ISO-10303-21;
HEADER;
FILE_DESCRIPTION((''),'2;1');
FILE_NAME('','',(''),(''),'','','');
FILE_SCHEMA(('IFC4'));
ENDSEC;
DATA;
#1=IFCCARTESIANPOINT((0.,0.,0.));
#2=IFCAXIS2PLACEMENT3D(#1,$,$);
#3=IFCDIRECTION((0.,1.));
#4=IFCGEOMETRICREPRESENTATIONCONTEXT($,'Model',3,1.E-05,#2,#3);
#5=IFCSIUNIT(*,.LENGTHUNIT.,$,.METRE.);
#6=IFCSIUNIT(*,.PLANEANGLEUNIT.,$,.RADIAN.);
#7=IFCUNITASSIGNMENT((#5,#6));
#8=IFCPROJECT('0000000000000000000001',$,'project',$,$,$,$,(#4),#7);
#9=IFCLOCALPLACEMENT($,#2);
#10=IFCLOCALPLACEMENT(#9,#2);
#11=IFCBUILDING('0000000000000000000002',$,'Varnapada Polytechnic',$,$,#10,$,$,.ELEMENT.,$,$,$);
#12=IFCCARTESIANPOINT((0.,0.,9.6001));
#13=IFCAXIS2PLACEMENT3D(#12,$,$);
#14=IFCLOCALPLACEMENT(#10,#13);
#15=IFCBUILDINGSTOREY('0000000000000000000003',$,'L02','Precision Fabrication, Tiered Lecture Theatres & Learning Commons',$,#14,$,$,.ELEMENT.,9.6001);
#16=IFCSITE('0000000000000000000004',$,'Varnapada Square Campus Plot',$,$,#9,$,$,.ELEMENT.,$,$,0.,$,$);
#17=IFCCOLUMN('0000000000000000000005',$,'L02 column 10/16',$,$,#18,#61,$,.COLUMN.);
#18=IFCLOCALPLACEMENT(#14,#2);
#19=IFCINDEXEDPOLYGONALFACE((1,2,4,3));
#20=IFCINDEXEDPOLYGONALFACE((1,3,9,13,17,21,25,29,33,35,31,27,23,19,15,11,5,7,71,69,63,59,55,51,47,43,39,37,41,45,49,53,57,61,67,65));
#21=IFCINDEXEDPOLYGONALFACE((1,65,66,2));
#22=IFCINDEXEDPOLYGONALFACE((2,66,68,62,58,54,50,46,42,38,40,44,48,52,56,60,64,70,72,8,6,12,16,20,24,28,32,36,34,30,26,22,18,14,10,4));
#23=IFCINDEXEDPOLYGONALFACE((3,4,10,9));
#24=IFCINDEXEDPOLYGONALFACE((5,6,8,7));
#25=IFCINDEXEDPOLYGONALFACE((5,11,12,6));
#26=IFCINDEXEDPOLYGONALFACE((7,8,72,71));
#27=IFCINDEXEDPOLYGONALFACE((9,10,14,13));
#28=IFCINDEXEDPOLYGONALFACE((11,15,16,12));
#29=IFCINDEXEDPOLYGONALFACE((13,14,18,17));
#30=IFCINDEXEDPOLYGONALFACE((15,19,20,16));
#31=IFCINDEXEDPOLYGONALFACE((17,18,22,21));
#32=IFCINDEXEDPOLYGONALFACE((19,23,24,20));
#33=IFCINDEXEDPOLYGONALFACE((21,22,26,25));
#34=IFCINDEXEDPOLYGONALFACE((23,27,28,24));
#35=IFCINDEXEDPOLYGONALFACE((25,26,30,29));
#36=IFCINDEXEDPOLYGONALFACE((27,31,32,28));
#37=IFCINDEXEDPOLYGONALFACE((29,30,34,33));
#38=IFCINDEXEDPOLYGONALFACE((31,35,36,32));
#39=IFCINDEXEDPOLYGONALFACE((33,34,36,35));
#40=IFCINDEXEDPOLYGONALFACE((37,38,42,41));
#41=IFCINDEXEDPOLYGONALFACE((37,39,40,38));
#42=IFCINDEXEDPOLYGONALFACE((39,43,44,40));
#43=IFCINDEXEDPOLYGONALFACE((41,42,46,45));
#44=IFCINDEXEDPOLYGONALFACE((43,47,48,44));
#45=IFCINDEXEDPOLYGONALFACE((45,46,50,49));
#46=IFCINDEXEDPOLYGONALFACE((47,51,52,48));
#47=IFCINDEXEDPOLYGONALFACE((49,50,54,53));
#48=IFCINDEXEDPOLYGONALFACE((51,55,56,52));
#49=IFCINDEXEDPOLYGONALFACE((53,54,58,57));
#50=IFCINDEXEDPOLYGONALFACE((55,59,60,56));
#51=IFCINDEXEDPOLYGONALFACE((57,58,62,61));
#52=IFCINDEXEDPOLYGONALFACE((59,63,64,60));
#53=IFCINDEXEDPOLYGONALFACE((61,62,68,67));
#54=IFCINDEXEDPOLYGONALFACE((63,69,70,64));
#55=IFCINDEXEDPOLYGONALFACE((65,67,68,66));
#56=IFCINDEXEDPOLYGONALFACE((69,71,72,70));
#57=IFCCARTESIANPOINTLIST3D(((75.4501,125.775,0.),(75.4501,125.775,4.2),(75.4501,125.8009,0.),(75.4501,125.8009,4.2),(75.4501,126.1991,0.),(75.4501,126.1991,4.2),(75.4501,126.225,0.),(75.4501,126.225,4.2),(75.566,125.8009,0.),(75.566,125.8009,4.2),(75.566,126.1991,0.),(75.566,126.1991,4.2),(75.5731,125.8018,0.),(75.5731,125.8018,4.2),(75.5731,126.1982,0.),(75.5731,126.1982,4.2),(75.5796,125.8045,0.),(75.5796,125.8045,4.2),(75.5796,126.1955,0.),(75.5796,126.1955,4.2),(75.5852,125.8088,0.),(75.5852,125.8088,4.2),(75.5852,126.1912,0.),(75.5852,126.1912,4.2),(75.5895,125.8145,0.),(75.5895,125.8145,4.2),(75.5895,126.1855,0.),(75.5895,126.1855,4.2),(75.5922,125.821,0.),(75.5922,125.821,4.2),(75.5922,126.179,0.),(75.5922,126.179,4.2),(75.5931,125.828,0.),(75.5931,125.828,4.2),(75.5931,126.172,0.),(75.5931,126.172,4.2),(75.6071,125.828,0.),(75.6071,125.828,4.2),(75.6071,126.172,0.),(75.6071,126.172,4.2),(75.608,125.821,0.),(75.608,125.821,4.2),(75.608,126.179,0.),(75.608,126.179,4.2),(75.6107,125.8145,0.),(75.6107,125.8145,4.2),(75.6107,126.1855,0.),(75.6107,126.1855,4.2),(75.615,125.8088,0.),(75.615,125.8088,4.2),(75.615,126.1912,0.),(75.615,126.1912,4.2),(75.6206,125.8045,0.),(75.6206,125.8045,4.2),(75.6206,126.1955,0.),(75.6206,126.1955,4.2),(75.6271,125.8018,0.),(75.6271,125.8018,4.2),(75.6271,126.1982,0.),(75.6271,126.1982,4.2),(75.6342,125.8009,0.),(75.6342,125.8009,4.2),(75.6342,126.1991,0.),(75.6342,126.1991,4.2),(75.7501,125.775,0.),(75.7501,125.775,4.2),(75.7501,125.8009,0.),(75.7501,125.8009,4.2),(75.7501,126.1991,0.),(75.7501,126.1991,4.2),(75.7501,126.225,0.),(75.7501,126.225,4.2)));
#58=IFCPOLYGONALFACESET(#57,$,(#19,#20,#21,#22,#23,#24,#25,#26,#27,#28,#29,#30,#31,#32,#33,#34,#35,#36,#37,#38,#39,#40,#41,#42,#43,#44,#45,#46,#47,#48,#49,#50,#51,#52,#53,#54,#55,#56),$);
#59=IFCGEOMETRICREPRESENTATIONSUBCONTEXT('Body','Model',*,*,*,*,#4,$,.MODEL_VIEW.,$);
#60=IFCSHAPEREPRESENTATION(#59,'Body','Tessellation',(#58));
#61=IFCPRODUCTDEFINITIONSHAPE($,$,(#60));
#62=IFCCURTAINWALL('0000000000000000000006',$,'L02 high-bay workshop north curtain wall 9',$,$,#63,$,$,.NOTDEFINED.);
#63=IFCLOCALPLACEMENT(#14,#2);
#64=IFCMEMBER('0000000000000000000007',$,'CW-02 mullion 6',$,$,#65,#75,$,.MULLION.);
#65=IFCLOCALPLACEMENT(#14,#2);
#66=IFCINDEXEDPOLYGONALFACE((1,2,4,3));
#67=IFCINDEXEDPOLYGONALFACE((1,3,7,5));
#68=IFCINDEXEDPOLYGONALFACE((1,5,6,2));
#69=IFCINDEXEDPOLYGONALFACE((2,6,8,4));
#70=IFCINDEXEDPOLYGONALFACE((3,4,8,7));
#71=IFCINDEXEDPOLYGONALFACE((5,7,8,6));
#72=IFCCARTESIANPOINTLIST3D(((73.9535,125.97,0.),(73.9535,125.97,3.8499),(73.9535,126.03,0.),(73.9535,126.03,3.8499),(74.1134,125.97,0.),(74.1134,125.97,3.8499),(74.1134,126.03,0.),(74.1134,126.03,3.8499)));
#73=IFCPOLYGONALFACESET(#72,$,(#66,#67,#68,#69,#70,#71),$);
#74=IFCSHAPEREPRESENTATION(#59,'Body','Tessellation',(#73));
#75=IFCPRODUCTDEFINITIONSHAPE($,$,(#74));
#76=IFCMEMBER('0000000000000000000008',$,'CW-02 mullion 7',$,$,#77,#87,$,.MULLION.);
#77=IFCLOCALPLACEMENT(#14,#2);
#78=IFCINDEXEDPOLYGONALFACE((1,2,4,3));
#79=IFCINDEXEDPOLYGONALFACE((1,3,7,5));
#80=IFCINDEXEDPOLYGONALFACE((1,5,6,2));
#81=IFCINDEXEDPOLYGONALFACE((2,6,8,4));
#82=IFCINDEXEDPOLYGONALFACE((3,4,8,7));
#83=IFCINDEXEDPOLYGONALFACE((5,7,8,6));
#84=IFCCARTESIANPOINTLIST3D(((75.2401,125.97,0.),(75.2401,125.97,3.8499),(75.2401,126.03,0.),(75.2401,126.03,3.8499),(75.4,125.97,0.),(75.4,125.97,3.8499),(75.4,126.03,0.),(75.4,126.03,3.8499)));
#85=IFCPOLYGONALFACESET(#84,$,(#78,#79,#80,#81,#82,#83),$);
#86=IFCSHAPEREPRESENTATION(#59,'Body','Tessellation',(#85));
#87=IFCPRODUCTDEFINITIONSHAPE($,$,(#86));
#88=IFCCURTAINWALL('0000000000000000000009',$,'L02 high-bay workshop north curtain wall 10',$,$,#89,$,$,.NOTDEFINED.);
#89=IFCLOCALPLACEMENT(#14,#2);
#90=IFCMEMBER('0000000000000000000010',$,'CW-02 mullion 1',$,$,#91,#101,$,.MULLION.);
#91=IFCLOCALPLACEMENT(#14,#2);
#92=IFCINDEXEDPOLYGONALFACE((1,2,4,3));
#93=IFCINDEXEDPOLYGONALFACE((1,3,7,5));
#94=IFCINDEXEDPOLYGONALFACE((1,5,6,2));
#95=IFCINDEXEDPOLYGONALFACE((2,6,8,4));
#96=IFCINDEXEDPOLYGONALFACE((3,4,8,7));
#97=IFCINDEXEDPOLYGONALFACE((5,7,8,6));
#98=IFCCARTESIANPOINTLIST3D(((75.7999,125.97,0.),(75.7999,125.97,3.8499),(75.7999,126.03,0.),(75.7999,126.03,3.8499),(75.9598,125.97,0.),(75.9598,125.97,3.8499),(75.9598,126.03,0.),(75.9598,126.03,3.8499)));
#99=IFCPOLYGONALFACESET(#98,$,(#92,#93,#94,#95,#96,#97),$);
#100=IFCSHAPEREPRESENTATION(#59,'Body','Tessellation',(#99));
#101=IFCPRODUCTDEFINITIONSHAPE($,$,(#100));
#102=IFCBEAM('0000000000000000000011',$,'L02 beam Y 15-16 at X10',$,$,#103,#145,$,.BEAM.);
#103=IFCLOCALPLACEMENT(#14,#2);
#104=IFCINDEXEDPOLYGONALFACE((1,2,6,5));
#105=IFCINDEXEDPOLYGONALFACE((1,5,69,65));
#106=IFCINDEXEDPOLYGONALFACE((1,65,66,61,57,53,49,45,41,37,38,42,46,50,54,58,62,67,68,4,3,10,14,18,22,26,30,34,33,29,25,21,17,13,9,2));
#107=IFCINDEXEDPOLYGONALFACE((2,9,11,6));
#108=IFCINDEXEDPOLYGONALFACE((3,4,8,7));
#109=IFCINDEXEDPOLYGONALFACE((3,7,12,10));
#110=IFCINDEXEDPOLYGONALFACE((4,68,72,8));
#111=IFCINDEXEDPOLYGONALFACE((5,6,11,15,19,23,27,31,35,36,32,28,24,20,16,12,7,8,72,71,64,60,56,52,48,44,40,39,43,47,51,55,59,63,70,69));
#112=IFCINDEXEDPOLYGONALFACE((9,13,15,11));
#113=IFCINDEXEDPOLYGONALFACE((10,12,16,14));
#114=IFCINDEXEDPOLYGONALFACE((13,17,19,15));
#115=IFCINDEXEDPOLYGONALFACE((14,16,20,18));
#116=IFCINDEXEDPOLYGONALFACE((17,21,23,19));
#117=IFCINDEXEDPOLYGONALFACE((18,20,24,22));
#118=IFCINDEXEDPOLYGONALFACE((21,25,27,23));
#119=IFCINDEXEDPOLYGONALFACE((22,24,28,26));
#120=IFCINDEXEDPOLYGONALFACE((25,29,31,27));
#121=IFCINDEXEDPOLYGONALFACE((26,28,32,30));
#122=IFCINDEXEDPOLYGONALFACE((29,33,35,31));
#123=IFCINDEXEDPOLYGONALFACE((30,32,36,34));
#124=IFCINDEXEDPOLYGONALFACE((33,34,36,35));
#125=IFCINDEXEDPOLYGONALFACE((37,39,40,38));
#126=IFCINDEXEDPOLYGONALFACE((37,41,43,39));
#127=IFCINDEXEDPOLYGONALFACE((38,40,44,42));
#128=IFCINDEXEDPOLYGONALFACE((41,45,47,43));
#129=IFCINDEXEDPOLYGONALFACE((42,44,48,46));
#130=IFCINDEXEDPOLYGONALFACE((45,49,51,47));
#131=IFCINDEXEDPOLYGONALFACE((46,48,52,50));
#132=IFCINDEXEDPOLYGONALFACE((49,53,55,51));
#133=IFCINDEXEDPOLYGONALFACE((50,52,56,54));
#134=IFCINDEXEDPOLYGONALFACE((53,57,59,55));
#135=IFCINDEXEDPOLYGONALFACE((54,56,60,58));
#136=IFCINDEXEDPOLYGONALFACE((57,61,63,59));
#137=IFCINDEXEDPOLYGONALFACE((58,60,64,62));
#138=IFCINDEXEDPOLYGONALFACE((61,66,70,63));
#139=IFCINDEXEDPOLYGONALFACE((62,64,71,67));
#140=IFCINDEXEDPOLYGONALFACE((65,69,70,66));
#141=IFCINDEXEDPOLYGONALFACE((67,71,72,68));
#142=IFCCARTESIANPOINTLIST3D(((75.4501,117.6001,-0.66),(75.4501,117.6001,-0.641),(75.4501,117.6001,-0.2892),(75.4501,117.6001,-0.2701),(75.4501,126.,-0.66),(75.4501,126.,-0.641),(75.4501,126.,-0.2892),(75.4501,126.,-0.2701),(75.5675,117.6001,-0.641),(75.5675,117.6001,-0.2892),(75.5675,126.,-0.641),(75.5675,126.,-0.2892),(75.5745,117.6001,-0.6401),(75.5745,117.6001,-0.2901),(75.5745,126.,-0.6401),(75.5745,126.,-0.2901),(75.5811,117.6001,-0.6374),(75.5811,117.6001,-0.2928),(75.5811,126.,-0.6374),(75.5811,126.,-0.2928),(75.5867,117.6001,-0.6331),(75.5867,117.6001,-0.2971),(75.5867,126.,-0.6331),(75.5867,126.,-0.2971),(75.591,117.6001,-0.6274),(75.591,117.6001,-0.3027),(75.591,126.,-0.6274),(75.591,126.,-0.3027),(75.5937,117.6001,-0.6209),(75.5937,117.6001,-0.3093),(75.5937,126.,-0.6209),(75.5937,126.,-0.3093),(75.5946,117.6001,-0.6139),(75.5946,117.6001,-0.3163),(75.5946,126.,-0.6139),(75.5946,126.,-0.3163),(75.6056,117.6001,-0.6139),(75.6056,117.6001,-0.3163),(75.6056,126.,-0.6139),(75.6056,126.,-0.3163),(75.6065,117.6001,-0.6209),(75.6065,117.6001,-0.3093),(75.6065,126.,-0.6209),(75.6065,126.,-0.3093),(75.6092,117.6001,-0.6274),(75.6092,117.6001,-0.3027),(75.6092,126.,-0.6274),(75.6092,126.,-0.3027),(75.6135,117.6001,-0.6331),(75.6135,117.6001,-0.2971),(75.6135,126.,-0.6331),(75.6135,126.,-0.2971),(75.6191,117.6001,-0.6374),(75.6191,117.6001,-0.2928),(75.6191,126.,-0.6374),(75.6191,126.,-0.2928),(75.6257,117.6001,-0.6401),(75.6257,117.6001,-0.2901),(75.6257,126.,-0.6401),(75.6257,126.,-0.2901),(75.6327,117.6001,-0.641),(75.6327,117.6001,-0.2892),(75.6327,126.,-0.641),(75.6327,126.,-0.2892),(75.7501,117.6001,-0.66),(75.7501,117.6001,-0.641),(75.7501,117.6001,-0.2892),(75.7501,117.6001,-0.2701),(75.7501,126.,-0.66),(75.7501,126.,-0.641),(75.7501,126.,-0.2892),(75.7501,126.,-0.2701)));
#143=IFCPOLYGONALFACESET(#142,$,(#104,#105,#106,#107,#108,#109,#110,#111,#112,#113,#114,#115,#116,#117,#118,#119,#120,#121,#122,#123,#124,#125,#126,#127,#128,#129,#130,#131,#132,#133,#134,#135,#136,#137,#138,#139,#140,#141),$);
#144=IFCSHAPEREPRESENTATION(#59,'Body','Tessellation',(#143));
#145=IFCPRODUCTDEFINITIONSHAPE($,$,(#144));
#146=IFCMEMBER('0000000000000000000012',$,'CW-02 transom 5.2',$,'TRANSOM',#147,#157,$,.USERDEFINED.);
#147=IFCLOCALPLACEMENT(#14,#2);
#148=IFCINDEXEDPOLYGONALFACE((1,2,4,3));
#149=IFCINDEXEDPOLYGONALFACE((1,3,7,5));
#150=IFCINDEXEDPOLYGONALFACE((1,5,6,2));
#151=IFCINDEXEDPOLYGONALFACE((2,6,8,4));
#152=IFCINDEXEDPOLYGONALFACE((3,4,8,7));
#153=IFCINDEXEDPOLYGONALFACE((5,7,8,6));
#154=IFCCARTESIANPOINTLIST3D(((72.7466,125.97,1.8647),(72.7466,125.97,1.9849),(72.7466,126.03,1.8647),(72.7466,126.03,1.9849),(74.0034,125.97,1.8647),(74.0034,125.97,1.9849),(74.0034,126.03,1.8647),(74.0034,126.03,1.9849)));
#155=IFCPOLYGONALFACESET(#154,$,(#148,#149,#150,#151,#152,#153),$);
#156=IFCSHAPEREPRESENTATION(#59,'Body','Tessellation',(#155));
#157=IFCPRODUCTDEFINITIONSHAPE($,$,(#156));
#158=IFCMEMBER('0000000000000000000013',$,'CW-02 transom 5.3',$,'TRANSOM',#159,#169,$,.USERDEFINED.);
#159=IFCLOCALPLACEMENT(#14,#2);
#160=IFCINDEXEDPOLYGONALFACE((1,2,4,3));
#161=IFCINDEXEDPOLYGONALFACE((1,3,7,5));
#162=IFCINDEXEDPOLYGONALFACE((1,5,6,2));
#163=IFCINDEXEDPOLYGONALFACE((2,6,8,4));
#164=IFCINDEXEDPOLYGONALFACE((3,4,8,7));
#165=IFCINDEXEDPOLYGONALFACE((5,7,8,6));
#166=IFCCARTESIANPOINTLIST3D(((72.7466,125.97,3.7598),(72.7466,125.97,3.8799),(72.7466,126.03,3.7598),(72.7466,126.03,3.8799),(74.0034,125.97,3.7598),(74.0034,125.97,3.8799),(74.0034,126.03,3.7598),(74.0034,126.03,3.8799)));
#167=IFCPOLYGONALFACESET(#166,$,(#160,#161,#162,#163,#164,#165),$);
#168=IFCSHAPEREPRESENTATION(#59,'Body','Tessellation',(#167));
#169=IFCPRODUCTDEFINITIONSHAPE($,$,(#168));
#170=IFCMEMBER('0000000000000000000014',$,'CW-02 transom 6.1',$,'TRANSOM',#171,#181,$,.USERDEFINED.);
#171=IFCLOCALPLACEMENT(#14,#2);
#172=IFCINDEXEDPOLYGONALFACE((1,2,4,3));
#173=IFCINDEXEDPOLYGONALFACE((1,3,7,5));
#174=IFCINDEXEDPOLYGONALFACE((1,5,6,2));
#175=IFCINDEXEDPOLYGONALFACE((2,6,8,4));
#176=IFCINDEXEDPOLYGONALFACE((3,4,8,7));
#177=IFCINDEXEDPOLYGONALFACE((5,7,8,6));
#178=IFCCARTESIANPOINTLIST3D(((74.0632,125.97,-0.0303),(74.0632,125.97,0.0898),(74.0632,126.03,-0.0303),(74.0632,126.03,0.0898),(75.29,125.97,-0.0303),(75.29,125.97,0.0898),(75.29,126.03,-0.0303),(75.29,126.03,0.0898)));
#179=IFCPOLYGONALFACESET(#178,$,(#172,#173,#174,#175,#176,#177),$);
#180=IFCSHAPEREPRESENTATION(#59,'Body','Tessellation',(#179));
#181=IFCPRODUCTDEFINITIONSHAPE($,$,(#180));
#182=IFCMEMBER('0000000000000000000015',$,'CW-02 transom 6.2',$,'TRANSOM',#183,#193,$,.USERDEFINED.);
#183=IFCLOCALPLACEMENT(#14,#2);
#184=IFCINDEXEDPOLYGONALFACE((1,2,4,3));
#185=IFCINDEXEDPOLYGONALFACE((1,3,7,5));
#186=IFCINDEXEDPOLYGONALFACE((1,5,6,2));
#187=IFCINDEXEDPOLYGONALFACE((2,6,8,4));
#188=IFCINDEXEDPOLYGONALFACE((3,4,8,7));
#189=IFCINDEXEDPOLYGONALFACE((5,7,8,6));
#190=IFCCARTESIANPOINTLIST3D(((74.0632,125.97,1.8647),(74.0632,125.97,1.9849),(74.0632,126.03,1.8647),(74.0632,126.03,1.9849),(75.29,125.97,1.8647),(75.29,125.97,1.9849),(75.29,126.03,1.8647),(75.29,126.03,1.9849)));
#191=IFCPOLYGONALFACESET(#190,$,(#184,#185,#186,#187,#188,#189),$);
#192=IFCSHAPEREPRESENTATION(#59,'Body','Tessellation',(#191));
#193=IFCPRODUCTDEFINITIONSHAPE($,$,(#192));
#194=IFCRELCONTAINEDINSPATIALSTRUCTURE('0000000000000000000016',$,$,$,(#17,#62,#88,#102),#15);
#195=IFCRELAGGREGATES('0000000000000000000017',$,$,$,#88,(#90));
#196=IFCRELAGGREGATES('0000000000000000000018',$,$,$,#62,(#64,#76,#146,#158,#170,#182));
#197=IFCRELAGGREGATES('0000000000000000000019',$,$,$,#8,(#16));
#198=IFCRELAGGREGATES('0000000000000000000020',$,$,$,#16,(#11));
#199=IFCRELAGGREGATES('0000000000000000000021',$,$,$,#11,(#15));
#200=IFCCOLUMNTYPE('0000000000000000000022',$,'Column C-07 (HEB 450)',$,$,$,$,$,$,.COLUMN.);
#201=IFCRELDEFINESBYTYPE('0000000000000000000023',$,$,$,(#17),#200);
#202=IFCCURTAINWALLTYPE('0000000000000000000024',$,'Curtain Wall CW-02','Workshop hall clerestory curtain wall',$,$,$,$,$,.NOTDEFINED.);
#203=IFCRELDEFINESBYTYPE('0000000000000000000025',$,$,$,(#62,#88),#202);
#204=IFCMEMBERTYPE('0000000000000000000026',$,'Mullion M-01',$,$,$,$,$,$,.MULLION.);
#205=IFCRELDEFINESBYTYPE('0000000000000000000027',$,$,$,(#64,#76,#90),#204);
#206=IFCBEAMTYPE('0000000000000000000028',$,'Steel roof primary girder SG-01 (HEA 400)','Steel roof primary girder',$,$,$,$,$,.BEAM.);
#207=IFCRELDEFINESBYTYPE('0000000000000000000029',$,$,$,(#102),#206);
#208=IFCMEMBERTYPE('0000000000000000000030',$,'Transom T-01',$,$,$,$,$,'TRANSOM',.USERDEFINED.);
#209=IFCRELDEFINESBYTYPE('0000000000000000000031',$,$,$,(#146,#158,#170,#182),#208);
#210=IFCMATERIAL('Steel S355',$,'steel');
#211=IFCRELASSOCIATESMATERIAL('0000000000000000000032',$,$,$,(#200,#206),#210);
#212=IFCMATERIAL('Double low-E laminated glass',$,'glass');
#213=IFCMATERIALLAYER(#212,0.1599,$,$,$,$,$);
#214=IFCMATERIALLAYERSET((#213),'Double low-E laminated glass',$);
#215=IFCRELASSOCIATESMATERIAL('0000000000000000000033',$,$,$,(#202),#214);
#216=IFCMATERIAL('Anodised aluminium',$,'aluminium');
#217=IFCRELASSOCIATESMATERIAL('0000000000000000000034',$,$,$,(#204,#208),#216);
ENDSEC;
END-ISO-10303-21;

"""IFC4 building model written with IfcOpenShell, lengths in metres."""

from ifc_helpers import new_model, si_unit, direction, frame, origin, origin_2d, place, context, subcontext, project, spatial, rectangle, i_section, extrude, material, layer, layer_set, material_profile, profile_set, type_object, element, aggregate, save


model = new_model("IFC4")

# Units and contexts
model_context = context("Model", 3, precision=1e-05, world=origin(), true_north=direction((0.0, 1.0)))
body_context = subcontext(model_context, "Body", "Model", "MODEL_VIEW")
ifc_project = project(units=[si_unit("LENGTHUNIT", "METRE"), si_unit("PLANEANGLEUNIT", "RADIAN")], contexts=[model_context])

# Site, building, storey
site_placement = place(None, origin())
site = spatial("IfcSite", under=ifc_project, at=site_placement, Name="Varnapada Square Campus Plot", CompositionType="ELEMENT", RefElevation=0.0)
building_placement = place(site_placement, origin())
building = spatial("IfcBuilding", under=site, at=building_placement, Name="Varnapada Polytechnic", CompositionType="ELEMENT")
storey_placement = place(building_placement, frame((0.0, 0.0, 9.6001)))
storey = spatial("IfcBuildingStorey", under=building, at=storey_placement, Name="L02", Description="Precision Fabrication, Tiered Lecture Theatres & Learning Commons", CompositionType="ELEMENT", Elevation=9.6001)

# Column
ifc_material_1 = material(Name="Steel S355", Category="steel")
ifc_material_profile_1 = material_profile(ifc_material_1, i_section(OverallWidth=0.3, OverallDepth=0.45, WebThickness=0.0139, FlangeThickness=0.0259, FilletRadius=0.0271, at=origin_2d()), Name="HEB 450")
ifc_profile_set_1 = profile_set([ifc_material_profile_1], Name="Steel S355")
column_type = type_object("IfcColumnType", Name="Column C-07 (HEB 450)", PredefinedType="COLUMN", material=ifc_profile_set_1)
column_placement = place(storey_placement, frame((75.6001, 126.0, 0.0), z_axis=(0.0, 0.0, 1.0), x_axis=(1.0, 0.0, 0.0)))
element("IfcColumn", 1, at=column_placement, inside=storey, type_object=column_type, Name="L02 column 10/16", PredefinedType="COLUMN", context=body_context, shape_type="SweptSolid", body=[
    extrude(i_section(OverallWidth=0.3, OverallDepth=0.45, WebThickness=0.0139, FlangeThickness=0.0259, FilletRadius=0.0271, at=origin_2d()), origin(), (0.0, 0.0, 1.0), 4.2),
])

# Curtain wall, members
ifc_material_2 = material(Name="Double low-E laminated glass", Category="glass")
ifc_layer_1 = layer(ifc_material_2, 0.1599)
ifc_layer_set_1 = layer_set([ifc_layer_1], Name="Double low-E laminated glass")
curtain_wall_type = type_object("IfcCurtainWallType", Name="Curtain Wall CW-02", Description="Workshop hall clerestory curtain wall", PredefinedType="NOTDEFINED", material=ifc_layer_set_1)
curtain_wall_1_placement = place(storey_placement, origin())
curtain_wall_1 = element("IfcCurtainWall", 2, at=curtain_wall_1_placement, inside=storey, type_object=curtain_wall_type, Name="L02 high-bay workshop north curtain wall 9", PredefinedType="NOTDEFINED")
ifc_material_3 = material(Name="Anodised aluminium", Category="aluminium")
ifc_material_profile_2 = material_profile(ifc_material_3, rectangle(XDim=0.0601, YDim=0.1599, at=origin_2d()), Name="ALU M60x160")
ifc_profile_set_2 = profile_set([ifc_material_profile_2], Name="Anodised aluminium")
member_type_1 = type_object("IfcMemberType", Name="Mullion M-01", PredefinedType="MULLION", material=ifc_profile_set_2)
member_1_placement = place(storey_placement, frame((74.0334, 126.0, 0.0), z_axis=(0.0, 0.0, 1.0), x_axis=(0.0, 1.0, 0.0)))
member_1 = element("IfcMember", 3, at=member_1_placement, type_object=member_type_1, Name="CW-02 mullion 6", PredefinedType="MULLION", context=body_context, shape_type="SweptSolid", body=[
    extrude(rectangle(XDim=0.0601, YDim=0.1599, at=origin_2d()), origin(), (0.0, 0.0, 1.0), 3.8499),
])
member_2_placement = place(storey_placement, frame((75.3201, 126.0, 0.0), z_axis=(0.0, 0.0, 1.0), x_axis=(0.0, 1.0, 0.0)))
member_2 = element("IfcMember", 4, at=member_2_placement, type_object=member_type_1, Name="CW-02 mullion 7", PredefinedType="MULLION", context=body_context, shape_type="SweptSolid", body=[
    extrude(rectangle(XDim=0.0601, YDim=0.1599, at=origin_2d()), origin(), (0.0, 0.0, 1.0), 3.8499),
])

# Curtain wall, member
curtain_wall_2_placement = place(storey_placement, origin())
curtain_wall_2 = element("IfcCurtainWall", 5, at=curtain_wall_2_placement, inside=storey, type_object=curtain_wall_type, Name="L02 high-bay workshop north curtain wall 10", PredefinedType="NOTDEFINED")
member_3_placement = place(storey_placement, frame((75.8799, 126.0, 0.0), z_axis=(0.0, 0.0, 1.0), x_axis=(0.0, 1.0, 0.0)))
member_3 = element("IfcMember", 6, at=member_3_placement, type_object=member_type_1, Name="CW-02 mullion 1", PredefinedType="MULLION", context=body_context, shape_type="SweptSolid", body=[
    extrude(rectangle(XDim=0.0601, YDim=0.1599, at=origin_2d()), origin(), (0.0, 0.0, 1.0), 3.8499),
])

# Beam
ifc_material_profile_3 = material_profile(ifc_material_1, i_section(OverallWidth=0.3, OverallDepth=0.3899, WebThickness=0.011, FlangeThickness=0.019, FilletRadius=0.0271, at=origin_2d()), Name="HEA 400")
ifc_profile_set_3 = profile_set([ifc_material_profile_3], Name="Steel S355")
beam_type_1 = type_object("IfcBeamType", Name="Steel roof primary girder SG-01 (HEA 400)", Description="Steel roof primary girder", PredefinedType="BEAM", material=ifc_profile_set_3)
beam_placement = place(storey_placement, frame((75.6001, 117.6001, -0.4651), z_axis=(0.0, 1.0, 0.0), x_axis=(-1.0, 0.0, 0.0)))
element("IfcBeam", 7, at=beam_placement, inside=storey, type_object=beam_type_1, Name="L02 beam Y 15-16 at X10", PredefinedType="BEAM", context=body_context, shape_type="SweptSolid", body=[
    extrude(i_section(OverallWidth=0.3, OverallDepth=0.3899, WebThickness=0.011, FlangeThickness=0.019, FilletRadius=0.0271, at=origin_2d()), origin(), (0.0, 0.0, 1.0), 8.3999),
])

# Members
ifc_material_profile_4 = material_profile(ifc_material_3, rectangle(XDim=0.0601, YDim=0.1201, at=origin_2d()), Name="ALU T60x120")
ifc_profile_set_4 = profile_set([ifc_material_profile_4], Name="Anodised aluminium")
member_type_2 = type_object("IfcMemberType", Name="Transom T-01", ElementType="TRANSOM", PredefinedType="USERDEFINED", material=ifc_profile_set_4)
member_4_placement = place(storey_placement, frame((72.7466, 126.0, 1.9248), z_axis=(1.0, 0.0, 0.0), x_axis=(0.0, 1.0, 0.0)))
member_4 = element("IfcMember", 8, at=member_4_placement, type_object=member_type_2, Name="CW-02 transom 5.2", ObjectType="TRANSOM", PredefinedType="USERDEFINED", context=body_context, shape_type="SweptSolid", body=[
    extrude(rectangle(XDim=0.0601, YDim=0.1201, at=origin_2d()), origin(), (0.0, 0.0, 1.0), 1.2568),
])
member_5_placement = place(storey_placement, frame((72.7466, 126.0, 3.8198), z_axis=(1.0, 0.0, 0.0), x_axis=(0.0, 1.0, 0.0)))
member_5 = element("IfcMember", 9, at=member_5_placement, type_object=member_type_2, Name="CW-02 transom 5.3", ObjectType="TRANSOM", PredefinedType="USERDEFINED", context=body_context, shape_type="SweptSolid", body=[
    extrude(rectangle(XDim=0.0601, YDim=0.1201, at=origin_2d()), origin(), (0.0, 0.0, 1.0), 1.2568),
])
member_6_placement = place(storey_placement, frame((74.0632, 126.0, 0.0298), z_axis=(1.0, 0.0, 0.0), x_axis=(0.0, 1.0, 0.0)))
member_6 = element("IfcMember", 10, at=member_6_placement, type_object=member_type_2, Name="CW-02 transom 6.1", ObjectType="TRANSOM", PredefinedType="USERDEFINED", context=body_context, shape_type="SweptSolid", body=[
    extrude(rectangle(XDim=0.0601, YDim=0.1201, at=origin_2d()), origin(), (0.0, 0.0, 1.0), 1.2268),
])
member_7_placement = place(storey_placement, frame((74.0632, 126.0, 1.9248), z_axis=(1.0, 0.0, 0.0), x_axis=(0.0, 1.0, 0.0)))
member_7 = element("IfcMember", 11, at=member_7_placement, type_object=member_type_2, Name="CW-02 transom 6.2", ObjectType="TRANSOM", PredefinedType="USERDEFINED", context=body_context, shape_type="SweptSolid", body=[
    extrude(rectangle(XDim=0.0601, YDim=0.1201, at=origin_2d()), origin(), (0.0, 0.0, 1.0), 1.2268),
])
aggregate(curtain_wall_2, [member_3])

aggregate(curtain_wall_1, [member_1, member_2, member_4, member_5, member_6, member_7])

save(model, "model.ifc")
